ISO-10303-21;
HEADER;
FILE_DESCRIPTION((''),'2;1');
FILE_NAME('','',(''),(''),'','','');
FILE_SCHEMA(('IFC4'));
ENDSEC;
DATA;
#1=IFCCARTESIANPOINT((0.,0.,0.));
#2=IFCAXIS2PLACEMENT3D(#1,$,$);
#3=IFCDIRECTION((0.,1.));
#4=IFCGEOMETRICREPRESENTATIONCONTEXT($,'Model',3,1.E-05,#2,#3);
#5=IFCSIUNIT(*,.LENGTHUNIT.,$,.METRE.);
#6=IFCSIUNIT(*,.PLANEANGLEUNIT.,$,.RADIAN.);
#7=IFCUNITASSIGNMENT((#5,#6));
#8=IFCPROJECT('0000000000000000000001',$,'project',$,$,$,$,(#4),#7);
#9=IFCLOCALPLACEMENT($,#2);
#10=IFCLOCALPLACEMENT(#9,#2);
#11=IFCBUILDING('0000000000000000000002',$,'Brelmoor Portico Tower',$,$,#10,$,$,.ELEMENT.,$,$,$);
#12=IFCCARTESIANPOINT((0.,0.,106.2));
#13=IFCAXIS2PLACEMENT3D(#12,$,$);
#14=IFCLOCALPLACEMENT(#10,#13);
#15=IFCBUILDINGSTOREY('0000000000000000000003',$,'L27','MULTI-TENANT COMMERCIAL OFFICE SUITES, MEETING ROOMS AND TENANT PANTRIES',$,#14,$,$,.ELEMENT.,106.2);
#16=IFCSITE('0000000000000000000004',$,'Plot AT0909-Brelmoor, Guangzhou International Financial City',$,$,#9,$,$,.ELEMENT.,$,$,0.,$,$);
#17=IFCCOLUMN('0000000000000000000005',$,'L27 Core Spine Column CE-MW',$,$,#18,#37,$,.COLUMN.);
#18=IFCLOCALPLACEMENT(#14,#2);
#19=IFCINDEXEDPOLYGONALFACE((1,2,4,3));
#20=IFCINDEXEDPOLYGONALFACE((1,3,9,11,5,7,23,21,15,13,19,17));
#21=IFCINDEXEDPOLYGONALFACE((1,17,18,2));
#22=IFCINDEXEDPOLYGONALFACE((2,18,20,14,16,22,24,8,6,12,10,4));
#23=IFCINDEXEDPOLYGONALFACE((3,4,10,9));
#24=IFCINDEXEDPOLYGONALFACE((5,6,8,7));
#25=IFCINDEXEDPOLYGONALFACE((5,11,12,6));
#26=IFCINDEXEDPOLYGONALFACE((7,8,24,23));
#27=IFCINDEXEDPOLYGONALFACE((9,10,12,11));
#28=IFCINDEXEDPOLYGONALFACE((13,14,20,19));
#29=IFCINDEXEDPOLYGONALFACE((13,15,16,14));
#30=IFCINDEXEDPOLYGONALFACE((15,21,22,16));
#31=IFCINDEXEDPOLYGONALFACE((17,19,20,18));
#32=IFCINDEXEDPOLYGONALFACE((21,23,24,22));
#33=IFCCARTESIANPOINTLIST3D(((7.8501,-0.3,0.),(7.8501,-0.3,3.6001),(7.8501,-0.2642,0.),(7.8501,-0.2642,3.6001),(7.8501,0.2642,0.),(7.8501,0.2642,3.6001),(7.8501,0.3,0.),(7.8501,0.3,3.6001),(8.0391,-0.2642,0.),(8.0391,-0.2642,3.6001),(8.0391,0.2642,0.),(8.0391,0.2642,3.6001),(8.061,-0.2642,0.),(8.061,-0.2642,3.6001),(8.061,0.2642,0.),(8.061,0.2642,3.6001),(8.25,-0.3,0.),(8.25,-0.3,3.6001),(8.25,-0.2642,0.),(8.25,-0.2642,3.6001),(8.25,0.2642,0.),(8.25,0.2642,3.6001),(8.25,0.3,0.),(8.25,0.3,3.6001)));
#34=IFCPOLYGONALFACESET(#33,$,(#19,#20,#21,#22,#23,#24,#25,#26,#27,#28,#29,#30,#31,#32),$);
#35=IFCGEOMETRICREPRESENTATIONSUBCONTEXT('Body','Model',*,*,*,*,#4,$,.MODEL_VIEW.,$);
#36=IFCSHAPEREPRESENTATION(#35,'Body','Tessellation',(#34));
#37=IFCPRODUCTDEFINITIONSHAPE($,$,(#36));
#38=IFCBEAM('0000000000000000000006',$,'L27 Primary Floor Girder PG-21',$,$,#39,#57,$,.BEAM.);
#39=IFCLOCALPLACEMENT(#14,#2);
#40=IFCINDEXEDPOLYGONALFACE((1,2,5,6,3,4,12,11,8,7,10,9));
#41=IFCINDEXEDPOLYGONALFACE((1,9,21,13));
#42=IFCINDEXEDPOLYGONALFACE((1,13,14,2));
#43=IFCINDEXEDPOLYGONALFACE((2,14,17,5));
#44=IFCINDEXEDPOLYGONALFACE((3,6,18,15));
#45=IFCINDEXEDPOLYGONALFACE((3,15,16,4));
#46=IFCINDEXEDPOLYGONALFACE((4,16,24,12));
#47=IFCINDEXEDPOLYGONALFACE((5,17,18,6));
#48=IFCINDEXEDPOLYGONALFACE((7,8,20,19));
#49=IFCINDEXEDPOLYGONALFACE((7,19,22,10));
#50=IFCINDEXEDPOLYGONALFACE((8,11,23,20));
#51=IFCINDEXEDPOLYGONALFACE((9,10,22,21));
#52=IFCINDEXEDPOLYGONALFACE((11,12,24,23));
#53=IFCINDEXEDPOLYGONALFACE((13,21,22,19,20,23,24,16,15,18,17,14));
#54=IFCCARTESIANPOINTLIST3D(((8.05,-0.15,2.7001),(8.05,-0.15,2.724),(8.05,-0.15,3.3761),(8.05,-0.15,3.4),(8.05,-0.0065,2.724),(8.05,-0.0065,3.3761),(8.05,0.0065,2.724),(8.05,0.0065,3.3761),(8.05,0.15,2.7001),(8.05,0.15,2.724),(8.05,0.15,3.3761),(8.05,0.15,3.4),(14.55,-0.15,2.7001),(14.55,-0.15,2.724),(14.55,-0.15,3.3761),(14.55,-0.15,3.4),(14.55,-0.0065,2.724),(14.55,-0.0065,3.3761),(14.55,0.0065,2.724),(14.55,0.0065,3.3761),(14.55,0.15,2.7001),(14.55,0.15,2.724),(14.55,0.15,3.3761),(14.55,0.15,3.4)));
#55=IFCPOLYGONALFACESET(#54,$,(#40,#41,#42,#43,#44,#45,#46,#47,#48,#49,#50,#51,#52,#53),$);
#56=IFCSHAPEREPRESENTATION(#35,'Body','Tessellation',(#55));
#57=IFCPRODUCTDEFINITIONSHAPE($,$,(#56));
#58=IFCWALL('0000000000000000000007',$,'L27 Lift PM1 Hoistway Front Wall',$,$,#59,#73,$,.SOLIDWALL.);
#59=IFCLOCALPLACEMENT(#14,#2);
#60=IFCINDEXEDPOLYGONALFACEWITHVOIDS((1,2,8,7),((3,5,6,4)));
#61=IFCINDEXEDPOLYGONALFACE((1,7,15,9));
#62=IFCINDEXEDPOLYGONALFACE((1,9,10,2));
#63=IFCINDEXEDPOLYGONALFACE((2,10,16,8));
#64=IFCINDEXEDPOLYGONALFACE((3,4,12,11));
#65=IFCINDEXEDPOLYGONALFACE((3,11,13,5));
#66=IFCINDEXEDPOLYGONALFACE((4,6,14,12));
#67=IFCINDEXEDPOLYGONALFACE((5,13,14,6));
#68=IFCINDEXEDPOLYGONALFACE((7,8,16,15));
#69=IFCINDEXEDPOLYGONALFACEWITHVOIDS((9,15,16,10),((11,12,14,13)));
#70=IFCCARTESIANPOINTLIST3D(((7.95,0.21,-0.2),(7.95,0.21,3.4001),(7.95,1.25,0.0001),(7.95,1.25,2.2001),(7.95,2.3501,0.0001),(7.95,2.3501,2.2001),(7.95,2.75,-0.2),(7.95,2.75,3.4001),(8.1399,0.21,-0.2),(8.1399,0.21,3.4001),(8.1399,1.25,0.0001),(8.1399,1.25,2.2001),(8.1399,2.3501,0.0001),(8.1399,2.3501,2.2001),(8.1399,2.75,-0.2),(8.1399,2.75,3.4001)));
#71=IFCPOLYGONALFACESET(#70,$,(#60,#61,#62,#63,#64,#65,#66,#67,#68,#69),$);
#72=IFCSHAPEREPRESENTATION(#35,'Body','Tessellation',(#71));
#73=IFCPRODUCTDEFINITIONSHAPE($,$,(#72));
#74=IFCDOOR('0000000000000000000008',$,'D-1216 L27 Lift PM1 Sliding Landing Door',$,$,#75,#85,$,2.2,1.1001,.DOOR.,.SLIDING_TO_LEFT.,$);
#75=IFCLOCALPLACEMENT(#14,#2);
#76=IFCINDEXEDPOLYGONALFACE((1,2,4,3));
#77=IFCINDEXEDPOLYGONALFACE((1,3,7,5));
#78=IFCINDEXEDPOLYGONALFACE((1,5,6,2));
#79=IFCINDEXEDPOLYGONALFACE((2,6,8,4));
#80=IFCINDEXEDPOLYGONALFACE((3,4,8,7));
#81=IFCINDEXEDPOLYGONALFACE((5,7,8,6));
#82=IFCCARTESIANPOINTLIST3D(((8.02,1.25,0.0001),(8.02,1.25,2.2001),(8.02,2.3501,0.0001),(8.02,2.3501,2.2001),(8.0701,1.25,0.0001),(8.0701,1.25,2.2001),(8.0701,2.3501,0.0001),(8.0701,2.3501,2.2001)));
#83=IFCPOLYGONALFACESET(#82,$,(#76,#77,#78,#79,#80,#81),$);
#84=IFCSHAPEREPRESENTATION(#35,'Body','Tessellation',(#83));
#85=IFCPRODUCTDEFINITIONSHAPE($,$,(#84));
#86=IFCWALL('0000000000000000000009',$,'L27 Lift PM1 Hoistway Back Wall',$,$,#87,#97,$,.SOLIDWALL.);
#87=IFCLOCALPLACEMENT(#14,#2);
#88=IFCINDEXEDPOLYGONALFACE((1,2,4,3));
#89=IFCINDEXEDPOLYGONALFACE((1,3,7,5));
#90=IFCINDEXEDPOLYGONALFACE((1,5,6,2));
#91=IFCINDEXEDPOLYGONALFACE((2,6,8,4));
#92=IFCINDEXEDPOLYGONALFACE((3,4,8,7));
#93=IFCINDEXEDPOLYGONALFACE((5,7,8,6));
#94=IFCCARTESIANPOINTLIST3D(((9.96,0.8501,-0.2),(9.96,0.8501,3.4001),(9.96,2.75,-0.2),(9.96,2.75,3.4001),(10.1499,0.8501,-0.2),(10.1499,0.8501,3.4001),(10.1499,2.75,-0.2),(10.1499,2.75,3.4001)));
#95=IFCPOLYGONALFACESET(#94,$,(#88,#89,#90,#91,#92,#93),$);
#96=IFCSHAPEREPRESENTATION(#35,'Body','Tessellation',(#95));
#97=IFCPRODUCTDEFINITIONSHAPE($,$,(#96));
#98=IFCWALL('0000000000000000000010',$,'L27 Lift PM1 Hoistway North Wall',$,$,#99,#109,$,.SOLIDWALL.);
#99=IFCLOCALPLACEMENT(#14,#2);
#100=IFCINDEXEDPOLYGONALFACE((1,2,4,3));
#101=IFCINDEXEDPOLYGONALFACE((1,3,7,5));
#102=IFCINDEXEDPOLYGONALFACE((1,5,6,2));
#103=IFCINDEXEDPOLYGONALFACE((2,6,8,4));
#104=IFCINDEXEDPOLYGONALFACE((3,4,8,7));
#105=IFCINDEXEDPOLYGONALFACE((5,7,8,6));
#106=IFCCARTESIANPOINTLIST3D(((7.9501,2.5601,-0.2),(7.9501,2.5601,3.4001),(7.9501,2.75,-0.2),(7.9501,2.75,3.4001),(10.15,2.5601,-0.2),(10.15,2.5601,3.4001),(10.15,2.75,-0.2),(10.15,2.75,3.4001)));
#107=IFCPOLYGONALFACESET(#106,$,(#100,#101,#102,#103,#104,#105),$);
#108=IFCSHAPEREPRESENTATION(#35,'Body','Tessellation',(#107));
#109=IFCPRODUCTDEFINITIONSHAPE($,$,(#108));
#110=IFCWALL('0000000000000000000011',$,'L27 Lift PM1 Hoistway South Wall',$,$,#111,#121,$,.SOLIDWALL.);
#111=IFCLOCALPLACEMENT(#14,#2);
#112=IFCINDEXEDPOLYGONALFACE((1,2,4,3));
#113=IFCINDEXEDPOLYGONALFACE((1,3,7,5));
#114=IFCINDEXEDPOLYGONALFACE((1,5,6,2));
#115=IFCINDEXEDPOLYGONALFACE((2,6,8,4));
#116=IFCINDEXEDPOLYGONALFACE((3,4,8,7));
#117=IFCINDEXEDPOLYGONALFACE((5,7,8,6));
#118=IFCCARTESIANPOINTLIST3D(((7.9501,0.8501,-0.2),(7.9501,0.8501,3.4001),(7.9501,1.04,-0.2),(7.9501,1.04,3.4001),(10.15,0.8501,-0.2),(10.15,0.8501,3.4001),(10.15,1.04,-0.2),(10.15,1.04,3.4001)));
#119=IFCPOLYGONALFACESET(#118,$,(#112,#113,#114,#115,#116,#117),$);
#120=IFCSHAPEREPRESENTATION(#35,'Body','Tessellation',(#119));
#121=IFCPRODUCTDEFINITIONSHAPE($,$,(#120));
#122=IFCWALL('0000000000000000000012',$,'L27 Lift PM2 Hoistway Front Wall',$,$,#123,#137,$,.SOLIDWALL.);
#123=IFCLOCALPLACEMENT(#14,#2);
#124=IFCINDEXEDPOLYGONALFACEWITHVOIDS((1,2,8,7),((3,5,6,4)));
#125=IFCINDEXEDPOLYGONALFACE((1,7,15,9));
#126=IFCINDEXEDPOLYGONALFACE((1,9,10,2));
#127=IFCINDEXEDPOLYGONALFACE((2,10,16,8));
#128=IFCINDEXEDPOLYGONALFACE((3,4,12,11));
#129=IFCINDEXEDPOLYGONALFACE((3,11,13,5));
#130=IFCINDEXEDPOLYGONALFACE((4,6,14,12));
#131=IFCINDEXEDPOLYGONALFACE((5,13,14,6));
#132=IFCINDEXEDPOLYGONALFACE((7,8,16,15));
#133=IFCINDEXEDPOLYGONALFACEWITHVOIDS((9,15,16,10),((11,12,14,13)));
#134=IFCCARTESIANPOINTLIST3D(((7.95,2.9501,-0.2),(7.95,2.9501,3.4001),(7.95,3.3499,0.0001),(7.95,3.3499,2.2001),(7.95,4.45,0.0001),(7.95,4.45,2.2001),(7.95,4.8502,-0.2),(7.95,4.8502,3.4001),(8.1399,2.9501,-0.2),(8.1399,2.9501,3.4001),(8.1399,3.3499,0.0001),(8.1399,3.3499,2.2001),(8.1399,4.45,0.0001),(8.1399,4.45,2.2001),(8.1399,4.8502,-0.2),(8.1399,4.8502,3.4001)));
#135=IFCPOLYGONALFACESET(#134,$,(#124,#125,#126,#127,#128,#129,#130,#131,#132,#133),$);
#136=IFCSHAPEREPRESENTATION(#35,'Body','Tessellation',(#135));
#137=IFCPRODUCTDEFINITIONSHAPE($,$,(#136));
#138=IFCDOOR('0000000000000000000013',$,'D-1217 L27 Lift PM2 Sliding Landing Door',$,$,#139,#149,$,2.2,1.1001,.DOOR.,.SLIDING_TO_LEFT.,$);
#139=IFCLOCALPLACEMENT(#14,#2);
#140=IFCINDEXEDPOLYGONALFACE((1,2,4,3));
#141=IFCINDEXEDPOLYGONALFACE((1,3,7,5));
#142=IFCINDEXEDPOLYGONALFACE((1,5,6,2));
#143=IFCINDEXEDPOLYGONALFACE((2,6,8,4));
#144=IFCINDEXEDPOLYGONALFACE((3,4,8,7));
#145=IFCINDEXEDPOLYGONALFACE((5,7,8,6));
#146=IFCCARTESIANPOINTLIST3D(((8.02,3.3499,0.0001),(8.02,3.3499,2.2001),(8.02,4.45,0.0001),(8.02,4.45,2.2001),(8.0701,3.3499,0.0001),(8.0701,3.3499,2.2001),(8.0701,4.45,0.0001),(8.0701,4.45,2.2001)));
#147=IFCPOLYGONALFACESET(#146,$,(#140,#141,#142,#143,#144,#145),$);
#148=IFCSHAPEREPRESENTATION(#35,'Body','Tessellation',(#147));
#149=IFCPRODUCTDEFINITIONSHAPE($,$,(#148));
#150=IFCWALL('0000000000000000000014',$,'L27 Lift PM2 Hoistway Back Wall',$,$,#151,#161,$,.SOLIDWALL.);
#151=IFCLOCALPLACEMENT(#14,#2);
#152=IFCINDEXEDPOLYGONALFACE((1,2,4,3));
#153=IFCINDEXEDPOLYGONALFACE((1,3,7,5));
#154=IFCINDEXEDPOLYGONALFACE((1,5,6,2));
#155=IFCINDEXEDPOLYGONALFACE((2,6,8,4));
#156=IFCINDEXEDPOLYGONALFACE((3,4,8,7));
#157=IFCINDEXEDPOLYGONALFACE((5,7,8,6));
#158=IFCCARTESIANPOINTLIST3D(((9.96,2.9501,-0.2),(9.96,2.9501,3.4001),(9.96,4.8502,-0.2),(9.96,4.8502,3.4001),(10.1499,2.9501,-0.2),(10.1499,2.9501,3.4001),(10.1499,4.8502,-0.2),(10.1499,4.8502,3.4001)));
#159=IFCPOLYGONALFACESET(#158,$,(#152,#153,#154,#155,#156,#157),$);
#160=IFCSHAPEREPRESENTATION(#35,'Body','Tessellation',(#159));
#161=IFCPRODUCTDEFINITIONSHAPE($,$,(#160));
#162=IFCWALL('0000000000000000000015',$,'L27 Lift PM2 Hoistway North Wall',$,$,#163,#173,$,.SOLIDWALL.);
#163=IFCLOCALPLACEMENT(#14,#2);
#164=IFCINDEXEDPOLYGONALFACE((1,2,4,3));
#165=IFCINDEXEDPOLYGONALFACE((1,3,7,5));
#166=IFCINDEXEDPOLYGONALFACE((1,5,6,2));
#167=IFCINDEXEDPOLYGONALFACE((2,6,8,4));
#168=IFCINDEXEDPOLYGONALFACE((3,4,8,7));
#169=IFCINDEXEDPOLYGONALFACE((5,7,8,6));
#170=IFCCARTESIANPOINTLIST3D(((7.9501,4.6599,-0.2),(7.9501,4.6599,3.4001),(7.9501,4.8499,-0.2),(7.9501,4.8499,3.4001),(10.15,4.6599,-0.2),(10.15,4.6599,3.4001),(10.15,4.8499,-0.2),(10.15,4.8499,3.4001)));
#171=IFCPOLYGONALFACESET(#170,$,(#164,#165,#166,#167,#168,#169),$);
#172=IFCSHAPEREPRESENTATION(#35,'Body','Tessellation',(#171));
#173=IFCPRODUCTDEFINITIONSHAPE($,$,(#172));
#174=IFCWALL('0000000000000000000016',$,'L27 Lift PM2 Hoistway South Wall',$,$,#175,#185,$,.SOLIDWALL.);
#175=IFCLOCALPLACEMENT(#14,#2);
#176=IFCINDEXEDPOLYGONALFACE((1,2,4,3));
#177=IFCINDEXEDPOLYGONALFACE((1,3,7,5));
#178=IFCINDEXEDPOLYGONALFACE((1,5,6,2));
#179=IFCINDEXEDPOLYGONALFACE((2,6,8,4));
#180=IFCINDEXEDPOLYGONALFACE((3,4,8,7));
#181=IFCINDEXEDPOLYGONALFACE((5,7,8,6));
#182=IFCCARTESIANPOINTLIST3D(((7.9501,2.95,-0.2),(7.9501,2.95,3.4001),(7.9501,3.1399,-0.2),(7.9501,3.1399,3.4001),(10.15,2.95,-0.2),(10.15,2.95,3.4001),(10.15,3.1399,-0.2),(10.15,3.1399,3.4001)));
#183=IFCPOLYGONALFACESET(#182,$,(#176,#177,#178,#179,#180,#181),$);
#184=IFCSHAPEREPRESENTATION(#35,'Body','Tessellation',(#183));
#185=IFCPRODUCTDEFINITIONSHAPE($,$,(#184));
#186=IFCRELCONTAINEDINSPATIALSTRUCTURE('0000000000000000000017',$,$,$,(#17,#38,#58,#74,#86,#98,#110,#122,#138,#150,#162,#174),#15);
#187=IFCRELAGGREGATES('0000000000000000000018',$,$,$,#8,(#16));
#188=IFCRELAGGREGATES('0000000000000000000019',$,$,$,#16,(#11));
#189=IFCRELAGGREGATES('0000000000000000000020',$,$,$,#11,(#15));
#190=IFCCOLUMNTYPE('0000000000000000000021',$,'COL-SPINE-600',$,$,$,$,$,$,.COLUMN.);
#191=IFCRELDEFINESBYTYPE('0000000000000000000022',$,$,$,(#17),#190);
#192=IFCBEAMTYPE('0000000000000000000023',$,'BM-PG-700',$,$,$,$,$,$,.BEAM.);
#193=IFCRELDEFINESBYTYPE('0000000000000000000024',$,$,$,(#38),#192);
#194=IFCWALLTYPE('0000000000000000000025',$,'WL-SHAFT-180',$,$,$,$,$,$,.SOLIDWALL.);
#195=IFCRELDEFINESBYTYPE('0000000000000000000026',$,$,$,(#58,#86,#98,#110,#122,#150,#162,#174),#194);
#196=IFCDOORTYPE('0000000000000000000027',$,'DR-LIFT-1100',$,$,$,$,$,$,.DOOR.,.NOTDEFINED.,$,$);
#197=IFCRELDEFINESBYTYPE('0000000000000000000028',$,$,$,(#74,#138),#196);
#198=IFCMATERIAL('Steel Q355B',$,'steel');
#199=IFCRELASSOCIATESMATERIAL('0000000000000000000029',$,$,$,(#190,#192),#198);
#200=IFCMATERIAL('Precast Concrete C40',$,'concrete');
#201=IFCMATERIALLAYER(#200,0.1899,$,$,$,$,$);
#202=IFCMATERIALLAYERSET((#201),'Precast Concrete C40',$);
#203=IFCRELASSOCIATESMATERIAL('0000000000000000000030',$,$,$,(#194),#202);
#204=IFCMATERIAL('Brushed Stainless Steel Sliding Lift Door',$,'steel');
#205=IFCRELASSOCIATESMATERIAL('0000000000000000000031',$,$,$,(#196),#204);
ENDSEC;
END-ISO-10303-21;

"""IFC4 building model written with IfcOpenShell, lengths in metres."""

from ifc_helpers import new_model, si_unit, direction, frame, frame_2d, origin, origin_2d, place, context, subcontext, project, spatial, rectangle, i_section, extrude, material, layer, layer_set, material_profile, profile_set, type_object, element, fill, save


model = new_model("IFC4")

# Units and contexts
model_context = context("Model", 3, precision=1e-05, world=origin(), true_north=direction((0.0, 1.0)))
body_context = subcontext(model_context, "Body", "Model", "MODEL_VIEW")
ifc_project = project(units=[si_unit("LENGTHUNIT", "METRE"), si_unit("PLANEANGLEUNIT", "RADIAN")], contexts=[model_context])

# Site, building, storey
site_placement = place(None, origin())
site = spatial("IfcSite", under=ifc_project, at=site_placement, Name="Plot AT0909-Brelmoor, Guangzhou International Financial City", CompositionType="ELEMENT", RefElevation=0.0)
building_placement = place(site_placement, origin())
building = spatial("IfcBuilding", under=site, at=building_placement, Name="Brelmoor Portico Tower", CompositionType="ELEMENT")
storey_placement = place(building_placement, frame((0.0, 0.0, 106.2)))
storey = spatial("IfcBuildingStorey", under=building, at=storey_placement, Name="L27", Description="MULTI-TENANT COMMERCIAL OFFICE SUITES, MEETING ROOMS AND TENANT PANTRIES", CompositionType="ELEMENT", Elevation=106.2)

# Column
ifc_material_1 = material(Name="Steel Q355B", Category="steel")
ifc_material_profile_1 = material_profile(ifc_material_1, i_section(OverallWidth=0.3999, OverallDepth=0.6001, WebThickness=0.022, FlangeThickness=0.0359, at=origin_2d()), Name="HW 600x400x22x36")
ifc_profile_set_1 = profile_set([ifc_material_profile_1], Name="Steel Q355B")
column_type = type_object("IfcColumnType", Name="COL-SPINE-600", PredefinedType="COLUMN", material=ifc_profile_set_1)
column_placement = place(storey_placement, frame((8.05, 0.0, 0.0), z_axis=(0.0, 0.0, 1.0), x_axis=(1.0, 0.0, 0.0)))
element("IfcColumn", 1, at=column_placement, inside=storey, type_object=column_type, Name="L27 Core Spine Column CE-MW", PredefinedType="COLUMN", context=body_context, shape_type="SweptSolid", body=[
    extrude(i_section(OverallWidth=0.3999, OverallDepth=0.6001, WebThickness=0.022, FlangeThickness=0.0359, at=origin_2d()), origin(), (0.0, 0.0, 1.0), 3.6001),
])

# Beam
ifc_material_profile_2 = material_profile(ifc_material_1, i_section(OverallWidth=0.3, OverallDepth=0.7, WebThickness=0.0129, FlangeThickness=0.0239, at=origin_2d()), Name="HN 700x300x13x24")
ifc_profile_set_2 = profile_set([ifc_material_profile_2], Name="Steel Q355B")
beam_type = type_object("IfcBeamType", Name="BM-PG-700", PredefinedType="BEAM", material=ifc_profile_set_2)
beam_placement = place(storey_placement, frame((8.05, 0.0, 3.05), z_axis=(1.0, 0.0, 0.0), x_axis=(0.0, 1.0, 0.0)))
element("IfcBeam", 2, at=beam_placement, inside=storey, type_object=beam_type, Name="L27 Primary Floor Girder PG-21", PredefinedType="BEAM", context=body_context, shape_type="SweptSolid", body=[
    extrude(i_section(OverallWidth=0.3, OverallDepth=0.7, WebThickness=0.0129, FlangeThickness=0.0239, at=origin_2d()), origin(), (0.0, 0.0, 1.0), 6.5),
])

# Wall, opening, door
ifc_material_2 = material(Name="Precast Concrete C40", Category="concrete")
ifc_layer_1 = layer(ifc_material_2, 0.1899)
ifc_layer_set_1 = layer_set([ifc_layer_1], Name="Precast Concrete C40")
wall_type_1 = type_object("IfcWallType", Name="WL-SHAFT-180", PredefinedType="SOLIDWALL", material=ifc_layer_set_1)
wall_1_placement = place(storey_placement, frame((8.0449, 0.21, -0.2), z_axis=(0.0, 0.0, 1.0), x_axis=(0.0, 1.0, 0.0)))
wall_1 = element("IfcWall", 3, at=wall_1_placement, inside=storey, type_object=wall_type_1, Name="L27 Lift PM1 Hoistway Front Wall", PredefinedType="SOLIDWALL", context=body_context, shape_type="SweptSolid", body=[
    extrude(rectangle(XDim=2.54, YDim=0.1899, at=frame_2d((1.27, 0.0))), origin(), (0.0, 0.0, 1.0), 3.6001),
])
opening_1_placement = place(wall_1_placement, frame((1.04, 0.0, 0.2)))
opening_1 = element("IfcOpeningElement", 4, at=opening_1_placement, cuts=wall_1, PredefinedType="OPENING", context=body_context, shape_type="SweptSolid", body=[
    extrude(rectangle(XDim=1.1001, YDim=2.2, at=frame_2d((0.55, 1.1001))), frame((0.0, 0.105, 0.0), z_axis=(0.0, -1.0, 0.0), x_axis=(1.0, 0.0, 0.0)), (0.0, 0.0, 1.0), 0.21),
])
ifc_material_3 = material(Name="Brushed Stainless Steel Sliding Lift Door", Category="steel")
door_type_1 = type_object("IfcDoorType", Name="DR-LIFT-1100", OperationType="NOTDEFINED", PredefinedType="DOOR", material=ifc_material_3)
door_1_placement = place(opening_1_placement, origin())
door_1 = element("IfcDoor", 5, at=door_1_placement, inside=storey, type_object=door_type_1, Name="D-1216 L27 Lift PM1 Sliding Landing Door", OperationType="SLIDING_TO_LEFT", OverallHeight=2.2, OverallWidth=1.1001, PredefinedType="DOOR", context=body_context, shape_type="SweptSolid", body=[
    extrude(rectangle(XDim=1.1001, YDim=2.2, at=frame_2d((0.55, 1.1001))), frame((0.0, 0.0249, 0.0), z_axis=(0.0, -1.0, 0.0), x_axis=(1.0, 0.0, 0.0)), (0.0, 0.0, 1.0), 0.05),
])
fill(opening_1, door_1)

# Walls
wall_2_placement = place(storey_placement, frame((10.0549, 0.8501, -0.2), z_axis=(0.0, 0.0, 1.0), x_axis=(0.0, 1.0, 0.0)))
element("IfcWall", 6, at=wall_2_placement, inside=storey, type_object=wall_type_1, Name="L27 Lift PM1 Hoistway Back Wall", PredefinedType="SOLIDWALL", context=body_context, shape_type="SweptSolid", body=[
    extrude(rectangle(XDim=1.8999, YDim=0.1899, at=frame_2d((0.95, 0.0))), origin(), (0.0, 0.0, 1.0), 3.6001),
])
for number, where, z_axis, x_axis, name in (
    (7, (7.95, 2.655, -0.2), (0.0, 0.0, 1.0), (1.0, 0.0, 0.0), "L27 Lift PM1 Hoistway North Wall"),
    (8, (7.95, 0.9451, -0.2), (0.0, 0.0, 1.0), (1.0, 0.0, 0.0), "L27 Lift PM1 Hoistway South Wall"),
):
    element("IfcWall", number, at=place(storey_placement, frame(where, z_axis=z_axis, x_axis=x_axis)), inside=storey, type_object=wall_type_1, Name=name, PredefinedType="SOLIDWALL", context=body_context, shape_type="SweptSolid", body=[
        extrude(rectangle(XDim=2.2, YDim=0.1899, at=frame_2d((1.1001, 0.0))), origin(), (0.0, 0.0, 1.0), 3.6001),
    ])

# Wall, opening, door
wall_3_placement = place(storey_placement, frame((8.0449, 2.95, -0.2), z_axis=(0.0, 0.0, 1.0), x_axis=(0.0, 1.0, 0.0)))
wall_3 = element("IfcWall", 9, at=wall_3_placement, inside=storey, type_object=wall_type_1, Name="L27 Lift PM2 Hoistway Front Wall", PredefinedType="SOLIDWALL", context=body_context, shape_type="SweptSolid", body=[
    extrude(rectangle(XDim=1.9001, YDim=0.1899, at=frame_2d((0.9502, 0.0))), origin(), (0.0, 0.0, 1.0), 3.6001),
])
opening_2_placement = place(wall_3_placement, frame((0.3999, 0.0, 0.2)))
opening_2 = element("IfcOpeningElement", 10, at=opening_2_placement, cuts=wall_3, PredefinedType="OPENING", context=body_context, shape_type="SweptSolid", body=[
    extrude(rectangle(XDim=1.1001, YDim=2.2, at=frame_2d((0.55, 1.1001))), frame((0.0, 0.105, 0.0), z_axis=(0.0, -1.0, 0.0), x_axis=(1.0, 0.0, 0.0)), (0.0, 0.0, 1.0), 0.21),
])
door_2_placement = place(opening_2_placement, origin())
door_2 = element("IfcDoor", 11, at=door_2_placement, inside=storey, type_object=door_type_1, Name="D-1217 L27 Lift PM2 Sliding Landing Door", OperationType="SLIDING_TO_LEFT", OverallHeight=2.2, OverallWidth=1.1001, PredefinedType="DOOR", context=body_context, shape_type="SweptSolid", body=[
    extrude(rectangle(XDim=1.1001, YDim=2.2, at=frame_2d((0.55, 1.1001))), frame((0.0, 0.0249, 0.0), z_axis=(0.0, -1.0, 0.0), x_axis=(1.0, 0.0, 0.0)), (0.0, 0.0, 1.0), 0.05),
])
fill(opening_2, door_2)

# Walls
wall_4_placement = place(storey_placement, frame((10.0549, 2.95, -0.2), z_axis=(0.0, 0.0, 1.0), x_axis=(0.0, 1.0, 0.0)))
element("IfcWall", 12, at=wall_4_placement, inside=storey, type_object=wall_type_1, Name="L27 Lift PM2 Hoistway Back Wall", PredefinedType="SOLIDWALL", context=body_context, shape_type="SweptSolid", body=[
    extrude(rectangle(XDim=1.9001, YDim=0.1899, at=frame_2d((0.9502, 0.0))), origin(), (0.0, 0.0, 1.0), 3.6001),
])
for number, where, z_axis, x_axis, name in (
    (13, (7.95, 4.7549, -0.2), (0.0, 0.0, 1.0), (1.0, 0.0, 0.0), "L27 Lift PM2 Hoistway North Wall"),
    (14, (7.95, 3.0449, -0.2), (0.0, 0.0, 1.0), (1.0, 0.0, 0.0), "L27 Lift PM2 Hoistway South Wall"),
):
    element("IfcWall", number, at=place(storey_placement, frame(where, z_axis=z_axis, x_axis=x_axis)), inside=storey, type_object=wall_type_1, Name=name, PredefinedType="SOLIDWALL", context=body_context, shape_type="SweptSolid", body=[
        extrude(rectangle(XDim=2.2, YDim=0.1899, at=frame_2d((1.1001, 0.0))), origin(), (0.0, 0.0, 1.0), 3.6001),
    ])

save(model, "model.ifc")
